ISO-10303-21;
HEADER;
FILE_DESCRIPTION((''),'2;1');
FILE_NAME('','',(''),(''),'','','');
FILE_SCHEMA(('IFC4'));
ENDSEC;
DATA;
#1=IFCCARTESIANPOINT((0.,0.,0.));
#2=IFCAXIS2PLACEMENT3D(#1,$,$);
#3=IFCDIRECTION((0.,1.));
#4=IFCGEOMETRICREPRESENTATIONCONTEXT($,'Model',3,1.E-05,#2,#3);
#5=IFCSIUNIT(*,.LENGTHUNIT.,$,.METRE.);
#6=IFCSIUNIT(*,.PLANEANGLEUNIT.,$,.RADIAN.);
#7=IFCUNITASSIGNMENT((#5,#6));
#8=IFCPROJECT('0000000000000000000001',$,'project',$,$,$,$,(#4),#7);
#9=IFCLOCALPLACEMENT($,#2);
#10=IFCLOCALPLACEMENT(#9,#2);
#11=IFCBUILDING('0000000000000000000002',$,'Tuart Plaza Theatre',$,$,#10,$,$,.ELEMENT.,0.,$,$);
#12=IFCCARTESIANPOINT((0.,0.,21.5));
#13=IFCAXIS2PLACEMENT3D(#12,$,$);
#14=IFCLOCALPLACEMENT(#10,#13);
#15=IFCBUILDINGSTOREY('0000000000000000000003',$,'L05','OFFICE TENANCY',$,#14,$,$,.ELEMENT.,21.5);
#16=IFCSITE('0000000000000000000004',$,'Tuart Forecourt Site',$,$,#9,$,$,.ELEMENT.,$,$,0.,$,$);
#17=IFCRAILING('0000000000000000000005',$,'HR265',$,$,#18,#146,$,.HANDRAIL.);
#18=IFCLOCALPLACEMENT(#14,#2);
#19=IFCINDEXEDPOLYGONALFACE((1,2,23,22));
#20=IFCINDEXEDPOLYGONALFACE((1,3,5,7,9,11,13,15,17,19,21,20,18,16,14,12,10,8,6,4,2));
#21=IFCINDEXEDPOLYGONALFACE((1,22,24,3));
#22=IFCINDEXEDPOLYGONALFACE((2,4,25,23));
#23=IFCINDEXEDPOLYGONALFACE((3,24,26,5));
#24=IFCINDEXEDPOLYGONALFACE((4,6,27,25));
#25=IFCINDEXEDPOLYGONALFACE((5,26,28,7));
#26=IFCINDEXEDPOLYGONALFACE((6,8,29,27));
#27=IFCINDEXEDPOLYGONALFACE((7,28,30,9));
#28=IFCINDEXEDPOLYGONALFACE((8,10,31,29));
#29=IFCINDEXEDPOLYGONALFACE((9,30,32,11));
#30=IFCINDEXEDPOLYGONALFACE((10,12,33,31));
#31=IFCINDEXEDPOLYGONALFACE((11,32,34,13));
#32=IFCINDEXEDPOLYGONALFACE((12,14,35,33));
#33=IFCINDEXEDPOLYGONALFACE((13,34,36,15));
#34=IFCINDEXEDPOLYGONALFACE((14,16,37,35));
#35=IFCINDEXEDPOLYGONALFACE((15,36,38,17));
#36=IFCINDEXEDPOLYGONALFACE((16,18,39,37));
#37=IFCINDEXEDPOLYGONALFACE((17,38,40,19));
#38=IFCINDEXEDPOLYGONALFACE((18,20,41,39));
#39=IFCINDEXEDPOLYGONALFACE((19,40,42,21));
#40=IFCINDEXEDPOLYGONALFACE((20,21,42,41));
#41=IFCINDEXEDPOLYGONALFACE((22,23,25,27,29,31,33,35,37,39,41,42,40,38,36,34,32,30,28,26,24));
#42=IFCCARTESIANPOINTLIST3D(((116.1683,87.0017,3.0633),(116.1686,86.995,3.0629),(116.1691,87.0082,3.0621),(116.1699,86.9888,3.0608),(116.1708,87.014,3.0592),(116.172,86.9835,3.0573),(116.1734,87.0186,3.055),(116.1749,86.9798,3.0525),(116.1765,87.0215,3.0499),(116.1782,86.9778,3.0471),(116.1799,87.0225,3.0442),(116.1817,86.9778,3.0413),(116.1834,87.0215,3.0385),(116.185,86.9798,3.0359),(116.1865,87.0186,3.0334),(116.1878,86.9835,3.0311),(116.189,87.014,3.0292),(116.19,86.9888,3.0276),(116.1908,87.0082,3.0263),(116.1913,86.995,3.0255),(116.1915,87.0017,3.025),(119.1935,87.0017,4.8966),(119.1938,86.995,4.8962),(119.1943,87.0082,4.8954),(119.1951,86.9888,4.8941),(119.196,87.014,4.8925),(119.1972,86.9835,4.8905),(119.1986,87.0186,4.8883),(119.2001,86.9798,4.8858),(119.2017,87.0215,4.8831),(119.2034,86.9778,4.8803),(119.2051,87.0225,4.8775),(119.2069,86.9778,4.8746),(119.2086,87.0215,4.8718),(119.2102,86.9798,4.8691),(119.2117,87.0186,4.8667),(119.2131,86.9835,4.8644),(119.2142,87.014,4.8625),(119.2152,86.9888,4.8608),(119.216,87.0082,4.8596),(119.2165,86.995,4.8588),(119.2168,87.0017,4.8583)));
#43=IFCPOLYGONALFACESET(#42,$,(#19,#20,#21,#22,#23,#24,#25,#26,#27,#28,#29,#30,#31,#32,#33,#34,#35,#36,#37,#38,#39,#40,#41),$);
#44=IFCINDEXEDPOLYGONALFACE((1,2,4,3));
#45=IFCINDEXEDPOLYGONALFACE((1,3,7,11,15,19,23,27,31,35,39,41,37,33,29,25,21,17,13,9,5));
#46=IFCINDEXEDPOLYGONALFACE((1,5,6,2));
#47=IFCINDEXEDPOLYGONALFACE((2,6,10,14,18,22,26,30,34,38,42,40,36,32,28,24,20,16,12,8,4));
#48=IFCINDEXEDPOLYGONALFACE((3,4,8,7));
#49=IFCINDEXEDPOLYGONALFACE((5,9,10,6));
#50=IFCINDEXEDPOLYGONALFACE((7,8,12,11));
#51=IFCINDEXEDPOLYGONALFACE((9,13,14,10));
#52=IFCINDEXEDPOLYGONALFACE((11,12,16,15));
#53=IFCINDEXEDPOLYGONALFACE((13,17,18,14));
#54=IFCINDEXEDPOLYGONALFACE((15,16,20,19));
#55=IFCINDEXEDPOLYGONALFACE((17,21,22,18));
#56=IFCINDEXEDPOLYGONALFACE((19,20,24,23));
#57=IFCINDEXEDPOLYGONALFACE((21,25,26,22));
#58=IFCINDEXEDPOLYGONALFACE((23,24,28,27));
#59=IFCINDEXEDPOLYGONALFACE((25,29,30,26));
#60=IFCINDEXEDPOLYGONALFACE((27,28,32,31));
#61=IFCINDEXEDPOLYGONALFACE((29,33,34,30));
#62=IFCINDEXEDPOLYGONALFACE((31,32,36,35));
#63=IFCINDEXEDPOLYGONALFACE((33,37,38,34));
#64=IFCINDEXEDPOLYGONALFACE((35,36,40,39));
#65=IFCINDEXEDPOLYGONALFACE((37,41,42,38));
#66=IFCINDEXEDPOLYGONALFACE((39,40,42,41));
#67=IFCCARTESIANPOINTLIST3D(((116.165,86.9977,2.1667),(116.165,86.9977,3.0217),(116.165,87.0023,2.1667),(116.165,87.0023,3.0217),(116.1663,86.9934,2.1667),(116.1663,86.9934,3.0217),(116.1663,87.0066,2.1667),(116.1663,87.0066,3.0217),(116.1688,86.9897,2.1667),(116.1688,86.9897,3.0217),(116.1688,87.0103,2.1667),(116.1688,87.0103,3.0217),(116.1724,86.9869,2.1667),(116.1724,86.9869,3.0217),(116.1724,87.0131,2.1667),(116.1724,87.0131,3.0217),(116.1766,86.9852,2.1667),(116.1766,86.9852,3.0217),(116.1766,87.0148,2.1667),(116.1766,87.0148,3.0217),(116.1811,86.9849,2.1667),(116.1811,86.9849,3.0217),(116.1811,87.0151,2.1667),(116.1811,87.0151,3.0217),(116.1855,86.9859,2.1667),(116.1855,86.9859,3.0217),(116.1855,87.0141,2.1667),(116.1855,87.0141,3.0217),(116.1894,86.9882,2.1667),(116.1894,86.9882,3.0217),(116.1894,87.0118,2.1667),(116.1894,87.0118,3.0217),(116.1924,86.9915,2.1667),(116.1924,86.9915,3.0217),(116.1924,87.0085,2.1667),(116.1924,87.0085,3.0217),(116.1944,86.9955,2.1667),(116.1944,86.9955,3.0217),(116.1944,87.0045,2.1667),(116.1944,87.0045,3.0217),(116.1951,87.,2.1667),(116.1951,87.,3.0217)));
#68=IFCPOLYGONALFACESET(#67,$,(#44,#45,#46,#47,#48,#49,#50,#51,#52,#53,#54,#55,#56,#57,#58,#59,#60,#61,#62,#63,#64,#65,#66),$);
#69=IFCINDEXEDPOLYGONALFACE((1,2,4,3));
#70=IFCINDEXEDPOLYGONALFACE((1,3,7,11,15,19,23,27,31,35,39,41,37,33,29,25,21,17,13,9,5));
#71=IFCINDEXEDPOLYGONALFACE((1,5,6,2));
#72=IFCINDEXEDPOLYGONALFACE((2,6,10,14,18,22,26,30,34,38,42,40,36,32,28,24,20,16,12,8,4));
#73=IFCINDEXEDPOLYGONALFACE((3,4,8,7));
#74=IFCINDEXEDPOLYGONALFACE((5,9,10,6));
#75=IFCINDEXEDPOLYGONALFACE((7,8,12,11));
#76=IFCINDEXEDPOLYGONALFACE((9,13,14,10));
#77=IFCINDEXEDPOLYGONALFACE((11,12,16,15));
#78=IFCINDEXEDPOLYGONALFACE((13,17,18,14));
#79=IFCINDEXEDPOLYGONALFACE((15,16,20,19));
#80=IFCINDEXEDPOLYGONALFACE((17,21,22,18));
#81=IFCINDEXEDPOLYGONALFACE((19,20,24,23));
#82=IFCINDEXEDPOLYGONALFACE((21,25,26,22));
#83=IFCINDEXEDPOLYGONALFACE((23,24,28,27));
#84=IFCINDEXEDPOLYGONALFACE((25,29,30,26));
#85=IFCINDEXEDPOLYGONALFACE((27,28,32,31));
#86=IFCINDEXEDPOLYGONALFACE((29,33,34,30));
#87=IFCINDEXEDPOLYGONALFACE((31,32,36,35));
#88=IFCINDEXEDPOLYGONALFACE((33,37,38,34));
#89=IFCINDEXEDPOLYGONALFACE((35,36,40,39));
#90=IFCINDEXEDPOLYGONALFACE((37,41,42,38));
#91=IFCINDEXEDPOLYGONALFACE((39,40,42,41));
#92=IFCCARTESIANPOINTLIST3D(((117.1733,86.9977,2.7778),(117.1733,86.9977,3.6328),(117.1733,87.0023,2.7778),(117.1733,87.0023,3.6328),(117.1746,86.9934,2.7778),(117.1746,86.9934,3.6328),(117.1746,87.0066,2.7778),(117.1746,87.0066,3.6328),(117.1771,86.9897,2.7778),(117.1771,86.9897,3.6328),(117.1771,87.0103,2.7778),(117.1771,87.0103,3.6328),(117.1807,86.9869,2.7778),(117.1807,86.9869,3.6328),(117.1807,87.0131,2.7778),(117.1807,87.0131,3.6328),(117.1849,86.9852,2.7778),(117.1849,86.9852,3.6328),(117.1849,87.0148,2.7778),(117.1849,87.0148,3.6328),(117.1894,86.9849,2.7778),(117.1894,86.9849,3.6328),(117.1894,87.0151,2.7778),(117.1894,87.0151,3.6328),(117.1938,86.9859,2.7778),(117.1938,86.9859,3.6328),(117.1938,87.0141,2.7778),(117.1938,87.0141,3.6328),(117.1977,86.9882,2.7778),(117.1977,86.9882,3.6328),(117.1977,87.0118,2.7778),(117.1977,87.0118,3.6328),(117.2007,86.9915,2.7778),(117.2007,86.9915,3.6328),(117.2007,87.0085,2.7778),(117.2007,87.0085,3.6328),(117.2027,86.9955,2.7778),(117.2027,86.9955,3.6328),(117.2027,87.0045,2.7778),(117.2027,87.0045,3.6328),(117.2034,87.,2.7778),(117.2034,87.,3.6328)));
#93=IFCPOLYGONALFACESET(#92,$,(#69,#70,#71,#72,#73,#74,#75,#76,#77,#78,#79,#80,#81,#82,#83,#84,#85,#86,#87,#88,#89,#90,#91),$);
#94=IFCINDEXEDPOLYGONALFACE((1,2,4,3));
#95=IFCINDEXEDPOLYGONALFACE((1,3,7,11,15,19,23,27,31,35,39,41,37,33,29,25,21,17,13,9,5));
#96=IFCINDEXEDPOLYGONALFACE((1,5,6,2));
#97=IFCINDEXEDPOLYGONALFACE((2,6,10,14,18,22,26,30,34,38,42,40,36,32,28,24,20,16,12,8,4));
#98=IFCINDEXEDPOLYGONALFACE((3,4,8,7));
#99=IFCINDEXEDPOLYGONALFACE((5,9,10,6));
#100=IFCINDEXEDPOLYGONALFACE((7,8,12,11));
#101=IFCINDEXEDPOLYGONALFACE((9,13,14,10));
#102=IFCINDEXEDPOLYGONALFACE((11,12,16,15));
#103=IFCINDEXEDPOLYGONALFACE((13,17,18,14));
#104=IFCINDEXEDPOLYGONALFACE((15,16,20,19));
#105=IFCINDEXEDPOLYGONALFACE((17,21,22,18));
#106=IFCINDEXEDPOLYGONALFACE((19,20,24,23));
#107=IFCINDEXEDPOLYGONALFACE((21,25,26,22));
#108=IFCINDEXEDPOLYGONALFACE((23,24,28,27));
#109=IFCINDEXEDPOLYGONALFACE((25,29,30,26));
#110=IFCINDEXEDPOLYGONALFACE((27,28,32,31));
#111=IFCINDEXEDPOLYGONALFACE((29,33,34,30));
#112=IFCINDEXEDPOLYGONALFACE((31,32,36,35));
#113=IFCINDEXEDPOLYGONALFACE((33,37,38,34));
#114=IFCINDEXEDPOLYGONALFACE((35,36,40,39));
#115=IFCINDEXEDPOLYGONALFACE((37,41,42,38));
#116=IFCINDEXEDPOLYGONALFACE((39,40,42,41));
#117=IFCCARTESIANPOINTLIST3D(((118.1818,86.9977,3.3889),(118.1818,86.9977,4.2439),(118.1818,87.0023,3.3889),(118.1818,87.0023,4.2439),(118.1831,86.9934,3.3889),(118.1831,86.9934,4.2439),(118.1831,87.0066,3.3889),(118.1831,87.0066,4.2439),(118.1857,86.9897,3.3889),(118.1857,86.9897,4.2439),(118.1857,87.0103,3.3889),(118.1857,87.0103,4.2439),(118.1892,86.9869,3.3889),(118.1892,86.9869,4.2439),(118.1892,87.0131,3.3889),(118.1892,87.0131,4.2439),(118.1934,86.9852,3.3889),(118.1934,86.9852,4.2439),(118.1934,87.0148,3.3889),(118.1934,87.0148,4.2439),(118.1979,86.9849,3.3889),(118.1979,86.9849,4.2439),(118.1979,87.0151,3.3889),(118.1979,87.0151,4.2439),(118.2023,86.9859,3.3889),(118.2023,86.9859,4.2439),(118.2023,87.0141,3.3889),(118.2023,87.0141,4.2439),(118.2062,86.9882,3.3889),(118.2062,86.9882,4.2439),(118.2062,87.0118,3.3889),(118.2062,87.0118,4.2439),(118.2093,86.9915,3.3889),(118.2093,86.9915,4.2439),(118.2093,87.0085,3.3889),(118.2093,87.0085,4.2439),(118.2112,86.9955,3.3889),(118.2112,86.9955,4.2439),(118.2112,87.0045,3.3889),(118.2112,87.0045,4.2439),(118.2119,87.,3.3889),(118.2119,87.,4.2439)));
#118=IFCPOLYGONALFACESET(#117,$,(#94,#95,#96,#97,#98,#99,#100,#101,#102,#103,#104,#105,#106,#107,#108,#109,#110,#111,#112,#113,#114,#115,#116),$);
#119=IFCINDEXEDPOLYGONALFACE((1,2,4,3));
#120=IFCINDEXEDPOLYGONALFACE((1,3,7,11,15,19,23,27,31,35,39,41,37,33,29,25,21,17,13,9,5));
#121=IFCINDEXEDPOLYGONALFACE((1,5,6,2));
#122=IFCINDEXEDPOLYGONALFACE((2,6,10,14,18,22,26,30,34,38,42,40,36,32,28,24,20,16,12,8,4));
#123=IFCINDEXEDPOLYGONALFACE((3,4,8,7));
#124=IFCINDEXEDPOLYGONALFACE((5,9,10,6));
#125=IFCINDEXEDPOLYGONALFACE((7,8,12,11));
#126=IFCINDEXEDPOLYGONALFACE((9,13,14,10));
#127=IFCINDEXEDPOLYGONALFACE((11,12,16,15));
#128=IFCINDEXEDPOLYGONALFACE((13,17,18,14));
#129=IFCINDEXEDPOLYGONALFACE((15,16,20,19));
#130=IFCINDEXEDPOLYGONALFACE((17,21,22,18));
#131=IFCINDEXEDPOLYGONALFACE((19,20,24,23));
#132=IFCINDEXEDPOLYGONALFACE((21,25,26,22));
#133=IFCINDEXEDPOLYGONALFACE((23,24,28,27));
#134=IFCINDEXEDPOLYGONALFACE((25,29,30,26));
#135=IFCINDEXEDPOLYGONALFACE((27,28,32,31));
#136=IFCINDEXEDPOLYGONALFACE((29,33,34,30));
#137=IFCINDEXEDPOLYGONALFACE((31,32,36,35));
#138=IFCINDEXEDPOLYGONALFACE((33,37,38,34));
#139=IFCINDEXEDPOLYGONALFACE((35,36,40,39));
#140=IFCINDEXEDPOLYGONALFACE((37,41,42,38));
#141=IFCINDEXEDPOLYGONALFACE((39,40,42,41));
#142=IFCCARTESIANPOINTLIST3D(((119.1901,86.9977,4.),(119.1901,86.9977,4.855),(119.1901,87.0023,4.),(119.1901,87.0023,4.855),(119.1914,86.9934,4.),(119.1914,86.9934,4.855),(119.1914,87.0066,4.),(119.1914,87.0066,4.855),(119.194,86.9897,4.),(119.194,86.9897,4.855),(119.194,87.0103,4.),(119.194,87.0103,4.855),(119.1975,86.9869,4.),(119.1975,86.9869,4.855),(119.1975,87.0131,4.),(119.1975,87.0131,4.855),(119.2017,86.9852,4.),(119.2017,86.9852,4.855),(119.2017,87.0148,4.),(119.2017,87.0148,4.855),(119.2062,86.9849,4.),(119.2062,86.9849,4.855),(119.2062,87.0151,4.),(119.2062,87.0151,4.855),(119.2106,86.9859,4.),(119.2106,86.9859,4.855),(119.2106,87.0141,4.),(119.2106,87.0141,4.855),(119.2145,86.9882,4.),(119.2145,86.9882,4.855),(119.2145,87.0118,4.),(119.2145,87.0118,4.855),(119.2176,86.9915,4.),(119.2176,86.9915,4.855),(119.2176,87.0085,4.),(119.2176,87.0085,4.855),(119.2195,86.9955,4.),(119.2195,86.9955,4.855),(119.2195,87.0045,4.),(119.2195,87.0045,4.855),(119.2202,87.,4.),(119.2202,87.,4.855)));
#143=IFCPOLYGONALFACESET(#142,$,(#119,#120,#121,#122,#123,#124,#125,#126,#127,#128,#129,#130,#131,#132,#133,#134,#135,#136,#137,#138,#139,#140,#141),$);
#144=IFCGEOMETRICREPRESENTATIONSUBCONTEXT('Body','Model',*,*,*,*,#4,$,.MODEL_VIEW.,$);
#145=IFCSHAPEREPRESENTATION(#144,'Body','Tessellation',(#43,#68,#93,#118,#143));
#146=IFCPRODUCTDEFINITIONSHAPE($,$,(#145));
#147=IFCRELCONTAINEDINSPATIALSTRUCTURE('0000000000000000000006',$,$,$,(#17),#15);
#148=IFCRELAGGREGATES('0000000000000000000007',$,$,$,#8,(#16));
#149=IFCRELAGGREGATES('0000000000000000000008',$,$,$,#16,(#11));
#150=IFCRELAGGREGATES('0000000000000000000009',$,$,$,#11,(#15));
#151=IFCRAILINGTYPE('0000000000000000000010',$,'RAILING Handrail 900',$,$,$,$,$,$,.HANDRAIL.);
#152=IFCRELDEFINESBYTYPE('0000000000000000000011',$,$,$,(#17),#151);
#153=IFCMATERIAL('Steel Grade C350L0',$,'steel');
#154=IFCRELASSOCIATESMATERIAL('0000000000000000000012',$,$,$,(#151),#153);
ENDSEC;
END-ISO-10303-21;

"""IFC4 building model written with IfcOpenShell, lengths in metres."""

from ifc_helpers import new_model, si_unit, direction, frame, origin, origin_2d, place, context, subcontext, project, spatial, circle, extrude, material, type_object, element, save


model = new_model("IFC4")

# Units and contexts
model_context = context("Model", 3, precision=1e-05, world=origin(), true_north=direction((0.0, 1.0)))
body_context = subcontext(model_context, "Body", "Model", "MODEL_VIEW")
ifc_project = project(units=[si_unit("LENGTHUNIT", "METRE"), si_unit("PLANEANGLEUNIT", "RADIAN")], contexts=[model_context])

# Site, building, storey
site_placement = place(None, origin())
site = spatial("IfcSite", under=ifc_project, at=site_placement, Name="Tuart Forecourt Site", CompositionType="ELEMENT", RefElevation=0.0)
building_placement = place(site_placement, origin())
building = spatial("IfcBuilding", under=site, at=building_placement, Name="Tuart Plaza Theatre", CompositionType="ELEMENT", ElevationOfRefHeight=0.0)
storey_placement = place(building_placement, frame((0.0, 0.0, 21.5)))
storey = spatial("IfcBuildingStorey", under=building, at=storey_placement, Name="L05", Description="OFFICE TENANCY", CompositionType="ELEMENT", Elevation=21.5)

# Railing
ifc_material_1 = material(Name="Steel Grade C350L0", Category="steel")
railing_type_1 = type_object("IfcRailingType", Name="RAILING Handrail 900", PredefinedType="HANDRAIL", material=ifc_material_1)
for number, where, name in (
    (1, (116.1799, 87.0, 2.1667), "HR265"),
):
    element("IfcRailing", number, at=place(storey_placement, frame(where)), inside=storey, type_object=railing_type_1, Name=name, PredefinedType="HANDRAIL", context=body_context, shape_type="SweptSolid", body=[
        extrude(circle(Radius=0.0225, at=origin_2d()), frame((0.0, 0.0, 0.8774), z_axis=(0.855219, 0.0, 0.518267), x_axis=(0.0, 1.0, 0.0)), (0.0, 0.0, 1.0), 3.5374),
        extrude(circle(Radius=0.0151, at=origin_2d()), origin(), (0.0, 0.0, 1.0), 0.855),
        extrude(circle(Radius=0.0151, at=origin_2d()), frame((1.0083, 0.0, 0.6111)), (0.0, 0.0, 1.0), 0.855),
        extrude(circle(Radius=0.0151, at=origin_2d()), frame((2.0168, 0.0, 1.2222)), (0.0, 0.0, 1.0), 0.855),
        extrude(circle(Radius=0.0151, at=origin_2d()), frame((3.0251, 0.0, 1.8333)), (0.0, 0.0, 1.0), 0.855),
    ])

save(model, "model.ifc")
